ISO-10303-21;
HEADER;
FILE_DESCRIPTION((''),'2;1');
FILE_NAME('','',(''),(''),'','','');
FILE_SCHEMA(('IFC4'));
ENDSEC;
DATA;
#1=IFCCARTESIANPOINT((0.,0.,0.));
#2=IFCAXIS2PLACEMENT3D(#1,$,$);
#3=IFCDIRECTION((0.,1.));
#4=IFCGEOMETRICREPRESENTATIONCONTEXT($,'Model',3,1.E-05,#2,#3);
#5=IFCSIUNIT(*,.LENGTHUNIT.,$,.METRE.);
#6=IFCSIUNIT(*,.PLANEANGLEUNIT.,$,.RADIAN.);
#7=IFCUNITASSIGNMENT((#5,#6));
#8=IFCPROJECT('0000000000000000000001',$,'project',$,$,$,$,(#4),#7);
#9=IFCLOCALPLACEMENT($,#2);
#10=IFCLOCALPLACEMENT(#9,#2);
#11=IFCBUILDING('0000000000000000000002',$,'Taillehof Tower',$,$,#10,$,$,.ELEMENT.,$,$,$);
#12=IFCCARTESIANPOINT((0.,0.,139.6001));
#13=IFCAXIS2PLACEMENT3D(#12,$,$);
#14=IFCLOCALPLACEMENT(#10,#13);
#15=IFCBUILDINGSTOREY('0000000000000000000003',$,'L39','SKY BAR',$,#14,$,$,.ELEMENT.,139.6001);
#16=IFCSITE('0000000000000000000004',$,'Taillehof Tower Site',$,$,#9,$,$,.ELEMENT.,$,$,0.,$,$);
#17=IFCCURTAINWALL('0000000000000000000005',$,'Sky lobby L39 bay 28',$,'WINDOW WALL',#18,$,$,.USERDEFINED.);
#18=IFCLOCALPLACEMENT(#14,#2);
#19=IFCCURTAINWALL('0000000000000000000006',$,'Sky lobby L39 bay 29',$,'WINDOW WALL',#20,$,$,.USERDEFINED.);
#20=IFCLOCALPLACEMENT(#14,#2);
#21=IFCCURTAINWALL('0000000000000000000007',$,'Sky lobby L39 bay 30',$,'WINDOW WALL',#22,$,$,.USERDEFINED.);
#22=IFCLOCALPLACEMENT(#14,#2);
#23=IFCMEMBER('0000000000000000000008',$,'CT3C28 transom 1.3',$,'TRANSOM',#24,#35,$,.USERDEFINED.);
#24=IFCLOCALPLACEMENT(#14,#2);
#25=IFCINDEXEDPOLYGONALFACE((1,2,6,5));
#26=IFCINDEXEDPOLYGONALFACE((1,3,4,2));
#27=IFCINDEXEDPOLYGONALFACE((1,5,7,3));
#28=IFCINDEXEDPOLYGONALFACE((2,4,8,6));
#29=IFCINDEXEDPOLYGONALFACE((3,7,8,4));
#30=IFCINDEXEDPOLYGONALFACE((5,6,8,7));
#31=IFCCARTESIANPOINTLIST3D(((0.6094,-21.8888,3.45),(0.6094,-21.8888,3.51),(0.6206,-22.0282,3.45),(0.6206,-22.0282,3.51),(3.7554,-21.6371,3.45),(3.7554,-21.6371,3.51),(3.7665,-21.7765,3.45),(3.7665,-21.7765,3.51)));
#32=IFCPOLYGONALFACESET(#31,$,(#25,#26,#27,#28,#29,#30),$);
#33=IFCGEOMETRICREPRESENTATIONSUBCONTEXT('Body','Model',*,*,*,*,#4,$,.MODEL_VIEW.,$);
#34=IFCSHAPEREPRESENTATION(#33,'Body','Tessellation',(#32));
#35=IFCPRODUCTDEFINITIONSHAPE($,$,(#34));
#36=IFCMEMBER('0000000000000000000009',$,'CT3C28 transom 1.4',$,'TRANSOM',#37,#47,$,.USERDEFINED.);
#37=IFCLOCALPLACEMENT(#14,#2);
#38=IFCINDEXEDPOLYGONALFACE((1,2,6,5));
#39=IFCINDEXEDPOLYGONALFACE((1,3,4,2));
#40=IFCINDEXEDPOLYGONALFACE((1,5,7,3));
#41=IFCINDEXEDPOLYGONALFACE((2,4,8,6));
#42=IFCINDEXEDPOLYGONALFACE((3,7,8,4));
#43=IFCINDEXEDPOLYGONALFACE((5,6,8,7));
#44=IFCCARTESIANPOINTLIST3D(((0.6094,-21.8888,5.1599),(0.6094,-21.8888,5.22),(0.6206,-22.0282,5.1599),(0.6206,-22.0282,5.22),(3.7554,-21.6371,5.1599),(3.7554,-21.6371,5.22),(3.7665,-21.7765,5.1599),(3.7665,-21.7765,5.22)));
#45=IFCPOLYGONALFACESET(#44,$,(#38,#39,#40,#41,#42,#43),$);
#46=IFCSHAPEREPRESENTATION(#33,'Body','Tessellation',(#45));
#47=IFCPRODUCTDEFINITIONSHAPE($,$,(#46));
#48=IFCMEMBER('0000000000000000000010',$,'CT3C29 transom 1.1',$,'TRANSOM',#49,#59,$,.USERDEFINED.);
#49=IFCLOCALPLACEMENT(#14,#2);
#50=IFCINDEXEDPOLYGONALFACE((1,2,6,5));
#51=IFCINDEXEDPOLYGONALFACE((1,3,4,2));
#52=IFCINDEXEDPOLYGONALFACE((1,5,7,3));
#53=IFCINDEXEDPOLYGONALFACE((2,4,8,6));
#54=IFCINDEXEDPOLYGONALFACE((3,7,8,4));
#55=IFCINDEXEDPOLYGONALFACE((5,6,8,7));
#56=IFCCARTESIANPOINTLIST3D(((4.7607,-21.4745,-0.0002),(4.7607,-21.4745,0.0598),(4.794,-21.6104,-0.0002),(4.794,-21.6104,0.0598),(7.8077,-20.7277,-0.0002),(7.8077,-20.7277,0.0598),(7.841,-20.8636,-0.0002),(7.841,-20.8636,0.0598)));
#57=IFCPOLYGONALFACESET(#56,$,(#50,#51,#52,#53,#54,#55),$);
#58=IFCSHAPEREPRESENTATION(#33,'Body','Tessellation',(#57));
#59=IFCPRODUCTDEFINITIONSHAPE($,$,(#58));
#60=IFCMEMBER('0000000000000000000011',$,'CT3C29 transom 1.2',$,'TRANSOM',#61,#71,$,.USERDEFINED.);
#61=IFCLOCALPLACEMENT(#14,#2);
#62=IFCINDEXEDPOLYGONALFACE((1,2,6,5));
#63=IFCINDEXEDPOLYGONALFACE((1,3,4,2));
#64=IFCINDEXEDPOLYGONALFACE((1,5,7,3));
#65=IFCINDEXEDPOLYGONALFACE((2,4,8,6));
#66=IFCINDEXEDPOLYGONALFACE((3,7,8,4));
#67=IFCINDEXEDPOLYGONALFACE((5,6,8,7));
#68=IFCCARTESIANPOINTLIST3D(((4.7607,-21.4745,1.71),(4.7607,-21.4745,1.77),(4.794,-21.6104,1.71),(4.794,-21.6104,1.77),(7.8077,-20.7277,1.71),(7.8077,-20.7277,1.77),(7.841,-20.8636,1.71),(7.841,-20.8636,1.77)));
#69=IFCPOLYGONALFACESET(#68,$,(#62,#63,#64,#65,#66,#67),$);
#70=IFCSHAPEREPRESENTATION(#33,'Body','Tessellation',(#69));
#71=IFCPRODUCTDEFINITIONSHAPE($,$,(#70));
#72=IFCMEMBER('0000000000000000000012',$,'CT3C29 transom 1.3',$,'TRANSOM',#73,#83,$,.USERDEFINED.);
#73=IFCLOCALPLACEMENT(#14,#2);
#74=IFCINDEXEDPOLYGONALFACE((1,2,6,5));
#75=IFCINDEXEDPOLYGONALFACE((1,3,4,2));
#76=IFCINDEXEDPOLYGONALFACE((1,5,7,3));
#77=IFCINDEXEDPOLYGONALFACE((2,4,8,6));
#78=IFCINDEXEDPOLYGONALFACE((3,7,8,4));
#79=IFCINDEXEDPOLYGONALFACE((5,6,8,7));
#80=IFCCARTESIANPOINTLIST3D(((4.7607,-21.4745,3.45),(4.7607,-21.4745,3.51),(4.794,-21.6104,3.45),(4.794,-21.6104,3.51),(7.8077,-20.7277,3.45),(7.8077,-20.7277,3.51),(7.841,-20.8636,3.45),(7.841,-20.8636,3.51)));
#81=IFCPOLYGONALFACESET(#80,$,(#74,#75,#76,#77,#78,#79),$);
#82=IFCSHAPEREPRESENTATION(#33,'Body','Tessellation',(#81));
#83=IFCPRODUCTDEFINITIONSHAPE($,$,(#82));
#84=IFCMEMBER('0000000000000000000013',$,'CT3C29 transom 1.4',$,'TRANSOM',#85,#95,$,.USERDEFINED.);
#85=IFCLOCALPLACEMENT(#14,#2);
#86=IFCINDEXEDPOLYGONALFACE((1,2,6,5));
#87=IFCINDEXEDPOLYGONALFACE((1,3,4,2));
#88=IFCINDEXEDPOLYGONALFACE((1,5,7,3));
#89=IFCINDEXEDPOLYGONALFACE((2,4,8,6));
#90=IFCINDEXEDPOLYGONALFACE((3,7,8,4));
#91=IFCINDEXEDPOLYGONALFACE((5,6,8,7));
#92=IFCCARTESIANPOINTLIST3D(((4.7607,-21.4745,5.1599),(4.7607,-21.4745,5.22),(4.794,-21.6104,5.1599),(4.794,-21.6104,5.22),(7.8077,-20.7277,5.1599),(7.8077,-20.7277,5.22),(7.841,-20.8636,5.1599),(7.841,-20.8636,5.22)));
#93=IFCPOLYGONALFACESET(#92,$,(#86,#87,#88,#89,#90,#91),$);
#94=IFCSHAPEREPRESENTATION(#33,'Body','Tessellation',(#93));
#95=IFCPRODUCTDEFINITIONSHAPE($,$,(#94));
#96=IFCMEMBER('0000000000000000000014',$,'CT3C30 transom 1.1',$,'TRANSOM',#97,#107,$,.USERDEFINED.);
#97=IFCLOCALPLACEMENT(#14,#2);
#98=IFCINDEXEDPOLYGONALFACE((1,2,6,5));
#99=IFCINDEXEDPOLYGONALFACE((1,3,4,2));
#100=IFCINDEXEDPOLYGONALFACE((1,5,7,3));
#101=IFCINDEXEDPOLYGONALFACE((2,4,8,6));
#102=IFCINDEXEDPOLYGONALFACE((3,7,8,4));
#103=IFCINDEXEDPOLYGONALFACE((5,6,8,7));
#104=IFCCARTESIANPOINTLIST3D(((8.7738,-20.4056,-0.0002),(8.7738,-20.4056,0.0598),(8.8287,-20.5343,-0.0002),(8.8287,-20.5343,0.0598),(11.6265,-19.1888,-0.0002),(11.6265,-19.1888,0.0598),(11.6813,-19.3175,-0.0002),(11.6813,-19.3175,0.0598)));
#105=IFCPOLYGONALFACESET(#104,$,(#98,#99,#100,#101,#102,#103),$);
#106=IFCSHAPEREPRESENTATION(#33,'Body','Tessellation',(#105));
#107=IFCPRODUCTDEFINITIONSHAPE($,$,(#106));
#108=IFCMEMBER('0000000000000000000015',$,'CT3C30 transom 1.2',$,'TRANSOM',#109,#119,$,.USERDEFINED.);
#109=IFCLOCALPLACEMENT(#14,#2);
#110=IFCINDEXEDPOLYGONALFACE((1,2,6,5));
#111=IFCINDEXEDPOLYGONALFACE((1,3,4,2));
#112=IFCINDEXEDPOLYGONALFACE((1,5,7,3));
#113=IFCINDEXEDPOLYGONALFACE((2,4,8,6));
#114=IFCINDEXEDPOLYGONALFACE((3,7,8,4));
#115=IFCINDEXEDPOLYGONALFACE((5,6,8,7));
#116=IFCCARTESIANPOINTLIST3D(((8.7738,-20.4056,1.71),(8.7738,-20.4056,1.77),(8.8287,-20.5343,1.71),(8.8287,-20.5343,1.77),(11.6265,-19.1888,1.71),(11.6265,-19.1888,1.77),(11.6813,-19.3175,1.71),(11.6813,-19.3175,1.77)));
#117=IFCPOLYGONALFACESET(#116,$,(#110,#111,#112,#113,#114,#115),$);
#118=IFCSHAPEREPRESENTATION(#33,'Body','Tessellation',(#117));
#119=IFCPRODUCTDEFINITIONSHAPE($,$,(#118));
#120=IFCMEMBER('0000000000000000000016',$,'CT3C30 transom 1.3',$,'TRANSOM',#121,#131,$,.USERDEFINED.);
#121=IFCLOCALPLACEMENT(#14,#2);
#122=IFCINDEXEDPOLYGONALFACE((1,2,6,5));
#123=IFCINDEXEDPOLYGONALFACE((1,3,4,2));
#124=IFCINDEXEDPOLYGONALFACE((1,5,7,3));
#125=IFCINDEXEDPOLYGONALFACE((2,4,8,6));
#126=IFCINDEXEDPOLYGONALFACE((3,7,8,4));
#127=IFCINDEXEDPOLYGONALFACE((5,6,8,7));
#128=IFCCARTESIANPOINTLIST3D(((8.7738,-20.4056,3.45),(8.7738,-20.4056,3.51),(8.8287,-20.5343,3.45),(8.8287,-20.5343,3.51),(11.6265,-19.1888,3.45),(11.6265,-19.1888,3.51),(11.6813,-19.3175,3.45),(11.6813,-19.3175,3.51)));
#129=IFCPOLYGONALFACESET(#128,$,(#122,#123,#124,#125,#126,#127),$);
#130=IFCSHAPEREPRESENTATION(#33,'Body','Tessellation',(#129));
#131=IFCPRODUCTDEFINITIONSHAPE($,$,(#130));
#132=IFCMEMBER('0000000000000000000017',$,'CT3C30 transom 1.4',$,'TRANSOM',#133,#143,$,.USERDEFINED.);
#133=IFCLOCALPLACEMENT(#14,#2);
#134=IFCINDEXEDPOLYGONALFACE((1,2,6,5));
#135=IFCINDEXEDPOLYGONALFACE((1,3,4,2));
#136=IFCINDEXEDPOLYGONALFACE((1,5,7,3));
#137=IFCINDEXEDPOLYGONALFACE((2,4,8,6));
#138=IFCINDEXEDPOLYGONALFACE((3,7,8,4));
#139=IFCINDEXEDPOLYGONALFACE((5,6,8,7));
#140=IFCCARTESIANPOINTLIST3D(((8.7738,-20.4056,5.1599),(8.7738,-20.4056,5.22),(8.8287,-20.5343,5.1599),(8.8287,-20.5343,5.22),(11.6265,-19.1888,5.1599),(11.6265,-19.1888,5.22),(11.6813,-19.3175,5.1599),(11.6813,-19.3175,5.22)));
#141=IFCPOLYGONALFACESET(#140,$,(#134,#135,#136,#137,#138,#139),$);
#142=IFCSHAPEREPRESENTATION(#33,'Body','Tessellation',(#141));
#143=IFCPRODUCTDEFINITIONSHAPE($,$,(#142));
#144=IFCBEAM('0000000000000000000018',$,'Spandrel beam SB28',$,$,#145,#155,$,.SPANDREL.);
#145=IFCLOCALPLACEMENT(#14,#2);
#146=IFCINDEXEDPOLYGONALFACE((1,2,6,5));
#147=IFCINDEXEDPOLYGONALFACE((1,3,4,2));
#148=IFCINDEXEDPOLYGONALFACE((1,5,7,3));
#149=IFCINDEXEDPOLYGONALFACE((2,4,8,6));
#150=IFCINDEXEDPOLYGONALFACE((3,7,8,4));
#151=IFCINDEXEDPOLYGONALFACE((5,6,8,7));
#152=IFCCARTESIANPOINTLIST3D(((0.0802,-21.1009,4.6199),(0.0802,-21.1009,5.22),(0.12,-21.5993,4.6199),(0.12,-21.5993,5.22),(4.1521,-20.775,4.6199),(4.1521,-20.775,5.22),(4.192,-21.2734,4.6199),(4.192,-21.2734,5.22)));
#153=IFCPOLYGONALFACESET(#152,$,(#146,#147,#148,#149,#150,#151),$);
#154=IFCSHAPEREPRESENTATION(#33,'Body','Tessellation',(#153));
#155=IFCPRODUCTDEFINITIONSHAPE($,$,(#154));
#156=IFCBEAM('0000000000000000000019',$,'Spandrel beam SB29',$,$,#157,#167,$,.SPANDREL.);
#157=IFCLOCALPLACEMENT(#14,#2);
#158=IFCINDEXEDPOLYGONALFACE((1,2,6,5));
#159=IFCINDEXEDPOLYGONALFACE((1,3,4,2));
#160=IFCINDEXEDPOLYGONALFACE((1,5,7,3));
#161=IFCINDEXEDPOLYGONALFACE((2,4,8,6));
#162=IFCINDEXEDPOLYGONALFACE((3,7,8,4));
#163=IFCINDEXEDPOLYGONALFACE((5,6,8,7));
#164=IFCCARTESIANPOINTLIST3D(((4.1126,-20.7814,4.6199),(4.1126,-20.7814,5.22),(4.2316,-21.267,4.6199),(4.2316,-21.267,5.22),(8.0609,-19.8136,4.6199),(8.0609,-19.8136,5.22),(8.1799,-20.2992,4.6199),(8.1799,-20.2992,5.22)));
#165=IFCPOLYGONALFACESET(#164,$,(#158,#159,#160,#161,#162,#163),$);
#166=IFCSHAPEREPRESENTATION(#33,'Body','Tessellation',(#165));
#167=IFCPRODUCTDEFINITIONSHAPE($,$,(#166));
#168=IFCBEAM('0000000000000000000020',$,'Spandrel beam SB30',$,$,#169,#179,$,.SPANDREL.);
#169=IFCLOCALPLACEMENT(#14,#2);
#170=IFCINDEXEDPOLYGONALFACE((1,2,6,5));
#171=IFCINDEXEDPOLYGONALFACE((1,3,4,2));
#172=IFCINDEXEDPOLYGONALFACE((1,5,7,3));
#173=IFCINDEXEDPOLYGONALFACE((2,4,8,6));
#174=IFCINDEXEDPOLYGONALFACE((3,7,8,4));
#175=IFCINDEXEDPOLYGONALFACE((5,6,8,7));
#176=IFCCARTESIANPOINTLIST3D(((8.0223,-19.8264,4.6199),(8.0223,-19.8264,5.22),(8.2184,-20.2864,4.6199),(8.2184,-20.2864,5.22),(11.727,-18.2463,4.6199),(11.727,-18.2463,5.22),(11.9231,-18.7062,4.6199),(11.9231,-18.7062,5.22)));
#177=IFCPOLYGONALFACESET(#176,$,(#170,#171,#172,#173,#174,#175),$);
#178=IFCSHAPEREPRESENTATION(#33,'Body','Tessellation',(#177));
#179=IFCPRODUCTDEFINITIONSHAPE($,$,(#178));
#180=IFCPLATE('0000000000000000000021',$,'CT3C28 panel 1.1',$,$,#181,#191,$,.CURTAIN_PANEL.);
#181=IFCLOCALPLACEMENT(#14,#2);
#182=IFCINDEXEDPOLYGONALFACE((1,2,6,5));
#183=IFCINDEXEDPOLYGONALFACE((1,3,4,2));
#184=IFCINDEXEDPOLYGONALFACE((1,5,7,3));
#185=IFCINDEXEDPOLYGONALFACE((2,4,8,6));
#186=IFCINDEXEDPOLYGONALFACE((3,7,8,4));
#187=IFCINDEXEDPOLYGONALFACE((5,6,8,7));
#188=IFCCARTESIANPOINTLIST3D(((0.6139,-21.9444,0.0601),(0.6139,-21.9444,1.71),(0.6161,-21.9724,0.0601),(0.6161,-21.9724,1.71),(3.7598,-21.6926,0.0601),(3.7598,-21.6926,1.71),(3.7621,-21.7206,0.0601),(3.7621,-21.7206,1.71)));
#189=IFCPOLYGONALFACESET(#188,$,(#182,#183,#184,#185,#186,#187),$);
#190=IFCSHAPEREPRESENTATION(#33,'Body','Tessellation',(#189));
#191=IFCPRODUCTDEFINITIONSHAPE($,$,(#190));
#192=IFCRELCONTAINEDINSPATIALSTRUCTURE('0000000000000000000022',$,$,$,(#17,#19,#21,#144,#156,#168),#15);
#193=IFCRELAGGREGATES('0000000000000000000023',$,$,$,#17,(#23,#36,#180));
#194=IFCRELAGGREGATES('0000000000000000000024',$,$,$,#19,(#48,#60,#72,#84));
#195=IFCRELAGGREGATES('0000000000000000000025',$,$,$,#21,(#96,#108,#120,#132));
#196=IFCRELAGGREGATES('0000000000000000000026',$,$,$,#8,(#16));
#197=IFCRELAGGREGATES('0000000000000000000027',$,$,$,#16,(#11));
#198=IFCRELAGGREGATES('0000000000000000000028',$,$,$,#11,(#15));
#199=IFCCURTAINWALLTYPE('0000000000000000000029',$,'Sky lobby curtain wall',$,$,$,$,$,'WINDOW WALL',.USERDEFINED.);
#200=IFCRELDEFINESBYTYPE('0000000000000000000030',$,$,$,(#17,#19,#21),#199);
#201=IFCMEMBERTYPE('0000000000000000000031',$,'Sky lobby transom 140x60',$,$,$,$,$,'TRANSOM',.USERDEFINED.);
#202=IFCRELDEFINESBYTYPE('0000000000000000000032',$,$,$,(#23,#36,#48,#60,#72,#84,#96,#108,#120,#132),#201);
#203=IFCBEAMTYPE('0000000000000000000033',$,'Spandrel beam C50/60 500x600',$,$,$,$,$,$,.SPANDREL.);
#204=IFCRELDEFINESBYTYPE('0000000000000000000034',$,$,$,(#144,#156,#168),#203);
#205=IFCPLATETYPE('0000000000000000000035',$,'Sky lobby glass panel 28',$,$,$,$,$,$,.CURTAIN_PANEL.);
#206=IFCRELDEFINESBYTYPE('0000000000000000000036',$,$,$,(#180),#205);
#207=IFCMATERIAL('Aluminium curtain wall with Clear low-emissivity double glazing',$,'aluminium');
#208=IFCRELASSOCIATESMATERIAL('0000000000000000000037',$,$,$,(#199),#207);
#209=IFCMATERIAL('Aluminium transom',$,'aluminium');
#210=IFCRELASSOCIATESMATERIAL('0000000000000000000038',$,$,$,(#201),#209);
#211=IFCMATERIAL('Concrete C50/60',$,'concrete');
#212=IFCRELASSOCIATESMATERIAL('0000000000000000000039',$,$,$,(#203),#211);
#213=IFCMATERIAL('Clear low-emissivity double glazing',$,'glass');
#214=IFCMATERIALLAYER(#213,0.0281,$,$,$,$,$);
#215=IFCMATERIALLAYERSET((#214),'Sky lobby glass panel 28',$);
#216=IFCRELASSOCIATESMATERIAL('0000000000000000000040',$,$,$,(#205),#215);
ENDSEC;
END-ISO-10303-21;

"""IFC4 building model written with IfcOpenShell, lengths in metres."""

from ifc_helpers import new_model, si_unit, direction, frame, origin, origin_2d, place, context, subcontext, project, spatial, rectangle, extrude, material, layer, layer_set, material_profile, profile_set, type_object, element, aggregate, save


model = new_model("IFC4")

# Units and contexts
model_context = context("Model", 3, precision=1e-05, world=origin(), true_north=direction((0.0, 1.0)))
body_context = subcontext(model_context, "Body", "Model", "MODEL_VIEW")
ifc_project = project(units=[si_unit("LENGTHUNIT", "METRE"), si_unit("PLANEANGLEUNIT", "RADIAN")], contexts=[model_context])

# Site, building, storey
site_placement = place(None, origin())
site = spatial("IfcSite", under=ifc_project, at=site_placement, Name="Taillehof Tower Site", CompositionType="ELEMENT", RefElevation=0.0)
building_placement = place(site_placement, origin())
building = spatial("IfcBuilding", under=site, at=building_placement, Name="Taillehof Tower", CompositionType="ELEMENT")
storey_placement = place(building_placement, frame((0.0, 0.0, 139.6001)))
storey = spatial("IfcBuildingStorey", under=building, at=storey_placement, Name="L39", Description="SKY BAR", CompositionType="ELEMENT", Elevation=139.6001)

# Curtain walls
ifc_material_1 = material(Name="Aluminium curtain wall with Clear low-emissivity double glazing", Category="aluminium")
curtain_wall_type = type_object("IfcCurtainWallType", Name="Sky lobby curtain wall", ElementType="WINDOW WALL", PredefinedType="USERDEFINED", material=ifc_material_1)
curtain_wall_1_placement = place(storey_placement, origin())
curtain_wall_1 = element("IfcCurtainWall", 1, at=curtain_wall_1_placement, inside=storey, type_object=curtain_wall_type, Name="Sky lobby L39 bay 28", ObjectType="WINDOW WALL", PredefinedType="USERDEFINED")
curtain_wall_2_placement = place(storey_placement, origin())
curtain_wall_2 = element("IfcCurtainWall", 2, at=curtain_wall_2_placement, inside=storey, type_object=curtain_wall_type, Name="Sky lobby L39 bay 29", ObjectType="WINDOW WALL", PredefinedType="USERDEFINED")
curtain_wall_3_placement = place(storey_placement, origin())
curtain_wall_3 = element("IfcCurtainWall", 3, at=curtain_wall_3_placement, inside=storey, type_object=curtain_wall_type, Name="Sky lobby L39 bay 30", ObjectType="WINDOW WALL", PredefinedType="USERDEFINED")

# Members
ifc_material_2 = material(Name="Aluminium transom", Category="aluminium")
ifc_material_profile_1 = material_profile(ifc_material_2, rectangle(XDim=0.1399, YDim=0.0601, at=origin_2d()), Name="AL 140x60")
ifc_profile_set_1 = profile_set([ifc_material_profile_1], Name="Aluminium transom")
member_type_1 = type_object("IfcMemberType", Name="Sky lobby transom 140x60", ElementType="TRANSOM", PredefinedType="USERDEFINED", material=ifc_profile_set_1)
member_1_placement = place(storey_placement, frame((0.615, -21.9585, 3.48), z_axis=(0.996815, 0.079754, 0.0), x_axis=(-0.079754, 0.996815, 0.0)))
member_1 = element("IfcMember", 4, at=member_1_placement, type_object=member_type_1, Name="CT3C28 transom 1.3", ObjectType="TRANSOM", PredefinedType="USERDEFINED", context=body_context, shape_type="SweptSolid", body=[
    extrude(rectangle(XDim=0.1399, YDim=0.0601, at=origin_2d()), origin(), (0.0, 0.0, 1.0), 3.156),
])
member_2_placement = place(storey_placement, frame((0.615, -21.9585, 5.1899), z_axis=(0.996815, 0.079754, 0.0), x_axis=(-0.079754, 0.996815, 0.0)))
member_2 = element("IfcMember", 5, at=member_2_placement, type_object=member_type_1, Name="CT3C28 transom 1.4", ObjectType="TRANSOM", PredefinedType="USERDEFINED", context=body_context, shape_type="SweptSolid", body=[
    extrude(rectangle(XDim=0.1399, YDim=0.0601, at=origin_2d()), origin(), (0.0, 0.0, 1.0), 3.156),
])
member_3_placement = place(storey_placement, frame((4.7773, -21.5425, 0.0298), z_axis=(0.971254, 0.238047, 0.0), x_axis=(-0.238047, 0.971254, 0.0)))
member_3 = element("IfcMember", 6, at=member_3_placement, type_object=member_type_1, Name="CT3C29 transom 1.1", ObjectType="TRANSOM", PredefinedType="USERDEFINED", context=body_context, shape_type="SweptSolid", body=[
    extrude(rectangle(XDim=0.1399, YDim=0.0601, at=origin_2d()), origin(), (0.0, 0.0, 1.0), 3.1372),
])
member_4_placement = place(storey_placement, frame((4.7773, -21.5425, 1.74), z_axis=(0.971254, 0.238047, 0.0), x_axis=(-0.238047, 0.971254, 0.0)))
member_4 = element("IfcMember", 7, at=member_4_placement, type_object=member_type_1, Name="CT3C29 transom 1.2", ObjectType="TRANSOM", PredefinedType="USERDEFINED", context=body_context, shape_type="SweptSolid", body=[
    extrude(rectangle(XDim=0.1399, YDim=0.0601, at=origin_2d()), origin(), (0.0, 0.0, 1.0), 3.1372),
])
member_5_placement = place(storey_placement, frame((4.7773, -21.5425, 3.48), z_axis=(0.971254, 0.238047, 0.0), x_axis=(-0.238047, 0.971254, 0.0)))
member_5 = element("IfcMember", 8, at=member_5_placement, type_object=member_type_1, Name="CT3C29 transom 1.3", ObjectType="TRANSOM", PredefinedType="USERDEFINED", context=body_context, shape_type="SweptSolid", body=[
    extrude(rectangle(XDim=0.1399, YDim=0.0601, at=origin_2d()), origin(), (0.0, 0.0, 1.0), 3.1372),
])
member_6_placement = place(storey_placement, frame((4.7773, -21.5425, 5.1899), z_axis=(0.971254, 0.238047, 0.0), x_axis=(-0.238047, 0.971254, 0.0)))
member_6 = element("IfcMember", 9, at=member_6_placement, type_object=member_type_1, Name="CT3C29 transom 1.4", ObjectType="TRANSOM", PredefinedType="USERDEFINED", context=body_context, shape_type="SweptSolid", body=[
    extrude(rectangle(XDim=0.1399, YDim=0.0601, at=origin_2d()), origin(), (0.0, 0.0, 1.0), 3.1372),
])
member_7_placement = place(storey_placement, frame((8.8013, -20.47, 0.0298), z_axis=(0.919812, 0.392361, 0.0), x_axis=(-0.392361, 0.919812, 0.0)))
member_7 = element("IfcMember", 10, at=member_7_placement, type_object=member_type_1, Name="CT3C30 transom 1.1", ObjectType="TRANSOM", PredefinedType="USERDEFINED", context=body_context, shape_type="SweptSolid", body=[
    extrude(rectangle(XDim=0.1399, YDim=0.0601, at=origin_2d()), origin(), (0.0, 0.0, 1.0), 3.1013),
])
member_8_placement = place(storey_placement, frame((8.8013, -20.47, 1.74), z_axis=(0.919812, 0.392361, 0.0), x_axis=(-0.392361, 0.919812, 0.0)))
member_8 = element("IfcMember", 11, at=member_8_placement, type_object=member_type_1, Name="CT3C30 transom 1.2", ObjectType="TRANSOM", PredefinedType="USERDEFINED", context=body_context, shape_type="SweptSolid", body=[
    extrude(rectangle(XDim=0.1399, YDim=0.0601, at=origin_2d()), origin(), (0.0, 0.0, 1.0), 3.1013),
])
member_9_placement = place(storey_placement, frame((8.8013, -20.47, 3.48), z_axis=(0.919812, 0.392361, 0.0), x_axis=(-0.392361, 0.919812, 0.0)))
member_9 = element("IfcMember", 12, at=member_9_placement, type_object=member_type_1, Name="CT3C30 transom 1.3", ObjectType="TRANSOM", PredefinedType="USERDEFINED", context=body_context, shape_type="SweptSolid", body=[
    extrude(rectangle(XDim=0.1399, YDim=0.0601, at=origin_2d()), origin(), (0.0, 0.0, 1.0), 3.1013),
])
member_10_placement = place(storey_placement, frame((8.8013, -20.47, 5.1899), z_axis=(0.919812, 0.392361, 0.0), x_axis=(-0.392361, 0.919812, 0.0)))
member_10 = element("IfcMember", 13, at=member_10_placement, type_object=member_type_1, Name="CT3C30 transom 1.4", ObjectType="TRANSOM", PredefinedType="USERDEFINED", context=body_context, shape_type="SweptSolid", body=[
    extrude(rectangle(XDim=0.1399, YDim=0.0601, at=origin_2d()), origin(), (0.0, 0.0, 1.0), 3.1013),
])

# Beams
ifc_material_3 = material(Name="Concrete C50/60", Category="concrete")
ifc_material_profile_2 = material_profile(ifc_material_3, rectangle(XDim=0.5, YDim=0.6001, at=origin_2d()), Name="RC 500x600")
ifc_profile_set_2 = profile_set([ifc_material_profile_2], Name="Concrete C50/60")
beam_type_1 = type_object("IfcBeamType", Name="Spandrel beam C50/60 500x600", PredefinedType="SPANDREL", material=ifc_profile_set_2)
beam_1_placement = place(storey_placement, frame((0.1001, -21.3501, 4.9199), z_axis=(0.996812, 0.079786, 0.0), x_axis=(-0.079786, 0.996812, 0.0)))
element("IfcBeam", 14, at=beam_1_placement, inside=storey, type_object=beam_type_1, Name="Spandrel beam SB28", PredefinedType="SPANDREL", context=body_context, shape_type="SweptSolid", body=[
    extrude(rectangle(XDim=0.5, YDim=0.6001, at=origin_2d()), origin(), (0.0, 0.0, 1.0), 4.085),
])
beam_2_placement = place(storey_placement, frame((4.1721, -21.0242, 4.9199), z_axis=(0.971249, 0.238068, 0.0), x_axis=(-0.238068, 0.971249, 0.0)))
element("IfcBeam", 15, at=beam_2_placement, inside=storey, type_object=beam_type_1, Name="Spandrel beam SB29", PredefinedType="SPANDREL", context=body_context, shape_type="SweptSolid", body=[
    extrude(rectangle(XDim=0.5, YDim=0.6001, at=origin_2d()), origin(), (0.0, 0.0, 1.0), 4.0652),
])
beam_3_placement = place(storey_placement, frame((8.1204, -20.0564, 4.9199), z_axis=(0.919827, 0.392324, 0.0), x_axis=(-0.392324, 0.919827, 0.0)))
element("IfcBeam", 16, at=beam_3_placement, inside=storey, type_object=beam_type_1, Name="Spandrel beam SB30", PredefinedType="SPANDREL", context=body_context, shape_type="SweptSolid", body=[
    extrude(rectangle(XDim=0.5, YDim=0.6001, at=origin_2d()), origin(), (0.0, 0.0, 1.0), 4.0276),
])

# Plate
ifc_material_4 = material(Name="Clear low-emissivity double glazing", Category="glass")
ifc_layer_1 = layer(ifc_material_4, 0.0281)
ifc_layer_set_1 = layer_set([ifc_layer_1], Name="Sky lobby glass panel 28")
plate_type = type_object("IfcPlateType", Name="Sky lobby glass panel 28", PredefinedType="CURTAIN_PANEL", material=ifc_layer_set_1)
plate_1_placement = place(storey_placement, frame((2.188, -21.8325, 0.0601), z_axis=(0.0, 0.0, 1.0), x_axis=(0.996812, 0.079781, 0.0)))
plate_1 = element("IfcPlate", 17, at=plate_1_placement, type_object=plate_type, Name="CT3C28 panel 1.1", PredefinedType="CURTAIN_PANEL", context=body_context, shape_type="SweptSolid", body=[
    extrude(rectangle(XDim=3.156, YDim=0.0281, at=origin_2d()), origin(), (0.0, 0.0, 1.0), 1.6499),
])
aggregate(curtain_wall_1, [member_1, member_2, plate_1])
aggregate(curtain_wall_2, [member_3, member_4, member_5, member_6])
aggregate(curtain_wall_3, [member_7, member_8, member_9, member_10])

save(model, "model.ifc")
